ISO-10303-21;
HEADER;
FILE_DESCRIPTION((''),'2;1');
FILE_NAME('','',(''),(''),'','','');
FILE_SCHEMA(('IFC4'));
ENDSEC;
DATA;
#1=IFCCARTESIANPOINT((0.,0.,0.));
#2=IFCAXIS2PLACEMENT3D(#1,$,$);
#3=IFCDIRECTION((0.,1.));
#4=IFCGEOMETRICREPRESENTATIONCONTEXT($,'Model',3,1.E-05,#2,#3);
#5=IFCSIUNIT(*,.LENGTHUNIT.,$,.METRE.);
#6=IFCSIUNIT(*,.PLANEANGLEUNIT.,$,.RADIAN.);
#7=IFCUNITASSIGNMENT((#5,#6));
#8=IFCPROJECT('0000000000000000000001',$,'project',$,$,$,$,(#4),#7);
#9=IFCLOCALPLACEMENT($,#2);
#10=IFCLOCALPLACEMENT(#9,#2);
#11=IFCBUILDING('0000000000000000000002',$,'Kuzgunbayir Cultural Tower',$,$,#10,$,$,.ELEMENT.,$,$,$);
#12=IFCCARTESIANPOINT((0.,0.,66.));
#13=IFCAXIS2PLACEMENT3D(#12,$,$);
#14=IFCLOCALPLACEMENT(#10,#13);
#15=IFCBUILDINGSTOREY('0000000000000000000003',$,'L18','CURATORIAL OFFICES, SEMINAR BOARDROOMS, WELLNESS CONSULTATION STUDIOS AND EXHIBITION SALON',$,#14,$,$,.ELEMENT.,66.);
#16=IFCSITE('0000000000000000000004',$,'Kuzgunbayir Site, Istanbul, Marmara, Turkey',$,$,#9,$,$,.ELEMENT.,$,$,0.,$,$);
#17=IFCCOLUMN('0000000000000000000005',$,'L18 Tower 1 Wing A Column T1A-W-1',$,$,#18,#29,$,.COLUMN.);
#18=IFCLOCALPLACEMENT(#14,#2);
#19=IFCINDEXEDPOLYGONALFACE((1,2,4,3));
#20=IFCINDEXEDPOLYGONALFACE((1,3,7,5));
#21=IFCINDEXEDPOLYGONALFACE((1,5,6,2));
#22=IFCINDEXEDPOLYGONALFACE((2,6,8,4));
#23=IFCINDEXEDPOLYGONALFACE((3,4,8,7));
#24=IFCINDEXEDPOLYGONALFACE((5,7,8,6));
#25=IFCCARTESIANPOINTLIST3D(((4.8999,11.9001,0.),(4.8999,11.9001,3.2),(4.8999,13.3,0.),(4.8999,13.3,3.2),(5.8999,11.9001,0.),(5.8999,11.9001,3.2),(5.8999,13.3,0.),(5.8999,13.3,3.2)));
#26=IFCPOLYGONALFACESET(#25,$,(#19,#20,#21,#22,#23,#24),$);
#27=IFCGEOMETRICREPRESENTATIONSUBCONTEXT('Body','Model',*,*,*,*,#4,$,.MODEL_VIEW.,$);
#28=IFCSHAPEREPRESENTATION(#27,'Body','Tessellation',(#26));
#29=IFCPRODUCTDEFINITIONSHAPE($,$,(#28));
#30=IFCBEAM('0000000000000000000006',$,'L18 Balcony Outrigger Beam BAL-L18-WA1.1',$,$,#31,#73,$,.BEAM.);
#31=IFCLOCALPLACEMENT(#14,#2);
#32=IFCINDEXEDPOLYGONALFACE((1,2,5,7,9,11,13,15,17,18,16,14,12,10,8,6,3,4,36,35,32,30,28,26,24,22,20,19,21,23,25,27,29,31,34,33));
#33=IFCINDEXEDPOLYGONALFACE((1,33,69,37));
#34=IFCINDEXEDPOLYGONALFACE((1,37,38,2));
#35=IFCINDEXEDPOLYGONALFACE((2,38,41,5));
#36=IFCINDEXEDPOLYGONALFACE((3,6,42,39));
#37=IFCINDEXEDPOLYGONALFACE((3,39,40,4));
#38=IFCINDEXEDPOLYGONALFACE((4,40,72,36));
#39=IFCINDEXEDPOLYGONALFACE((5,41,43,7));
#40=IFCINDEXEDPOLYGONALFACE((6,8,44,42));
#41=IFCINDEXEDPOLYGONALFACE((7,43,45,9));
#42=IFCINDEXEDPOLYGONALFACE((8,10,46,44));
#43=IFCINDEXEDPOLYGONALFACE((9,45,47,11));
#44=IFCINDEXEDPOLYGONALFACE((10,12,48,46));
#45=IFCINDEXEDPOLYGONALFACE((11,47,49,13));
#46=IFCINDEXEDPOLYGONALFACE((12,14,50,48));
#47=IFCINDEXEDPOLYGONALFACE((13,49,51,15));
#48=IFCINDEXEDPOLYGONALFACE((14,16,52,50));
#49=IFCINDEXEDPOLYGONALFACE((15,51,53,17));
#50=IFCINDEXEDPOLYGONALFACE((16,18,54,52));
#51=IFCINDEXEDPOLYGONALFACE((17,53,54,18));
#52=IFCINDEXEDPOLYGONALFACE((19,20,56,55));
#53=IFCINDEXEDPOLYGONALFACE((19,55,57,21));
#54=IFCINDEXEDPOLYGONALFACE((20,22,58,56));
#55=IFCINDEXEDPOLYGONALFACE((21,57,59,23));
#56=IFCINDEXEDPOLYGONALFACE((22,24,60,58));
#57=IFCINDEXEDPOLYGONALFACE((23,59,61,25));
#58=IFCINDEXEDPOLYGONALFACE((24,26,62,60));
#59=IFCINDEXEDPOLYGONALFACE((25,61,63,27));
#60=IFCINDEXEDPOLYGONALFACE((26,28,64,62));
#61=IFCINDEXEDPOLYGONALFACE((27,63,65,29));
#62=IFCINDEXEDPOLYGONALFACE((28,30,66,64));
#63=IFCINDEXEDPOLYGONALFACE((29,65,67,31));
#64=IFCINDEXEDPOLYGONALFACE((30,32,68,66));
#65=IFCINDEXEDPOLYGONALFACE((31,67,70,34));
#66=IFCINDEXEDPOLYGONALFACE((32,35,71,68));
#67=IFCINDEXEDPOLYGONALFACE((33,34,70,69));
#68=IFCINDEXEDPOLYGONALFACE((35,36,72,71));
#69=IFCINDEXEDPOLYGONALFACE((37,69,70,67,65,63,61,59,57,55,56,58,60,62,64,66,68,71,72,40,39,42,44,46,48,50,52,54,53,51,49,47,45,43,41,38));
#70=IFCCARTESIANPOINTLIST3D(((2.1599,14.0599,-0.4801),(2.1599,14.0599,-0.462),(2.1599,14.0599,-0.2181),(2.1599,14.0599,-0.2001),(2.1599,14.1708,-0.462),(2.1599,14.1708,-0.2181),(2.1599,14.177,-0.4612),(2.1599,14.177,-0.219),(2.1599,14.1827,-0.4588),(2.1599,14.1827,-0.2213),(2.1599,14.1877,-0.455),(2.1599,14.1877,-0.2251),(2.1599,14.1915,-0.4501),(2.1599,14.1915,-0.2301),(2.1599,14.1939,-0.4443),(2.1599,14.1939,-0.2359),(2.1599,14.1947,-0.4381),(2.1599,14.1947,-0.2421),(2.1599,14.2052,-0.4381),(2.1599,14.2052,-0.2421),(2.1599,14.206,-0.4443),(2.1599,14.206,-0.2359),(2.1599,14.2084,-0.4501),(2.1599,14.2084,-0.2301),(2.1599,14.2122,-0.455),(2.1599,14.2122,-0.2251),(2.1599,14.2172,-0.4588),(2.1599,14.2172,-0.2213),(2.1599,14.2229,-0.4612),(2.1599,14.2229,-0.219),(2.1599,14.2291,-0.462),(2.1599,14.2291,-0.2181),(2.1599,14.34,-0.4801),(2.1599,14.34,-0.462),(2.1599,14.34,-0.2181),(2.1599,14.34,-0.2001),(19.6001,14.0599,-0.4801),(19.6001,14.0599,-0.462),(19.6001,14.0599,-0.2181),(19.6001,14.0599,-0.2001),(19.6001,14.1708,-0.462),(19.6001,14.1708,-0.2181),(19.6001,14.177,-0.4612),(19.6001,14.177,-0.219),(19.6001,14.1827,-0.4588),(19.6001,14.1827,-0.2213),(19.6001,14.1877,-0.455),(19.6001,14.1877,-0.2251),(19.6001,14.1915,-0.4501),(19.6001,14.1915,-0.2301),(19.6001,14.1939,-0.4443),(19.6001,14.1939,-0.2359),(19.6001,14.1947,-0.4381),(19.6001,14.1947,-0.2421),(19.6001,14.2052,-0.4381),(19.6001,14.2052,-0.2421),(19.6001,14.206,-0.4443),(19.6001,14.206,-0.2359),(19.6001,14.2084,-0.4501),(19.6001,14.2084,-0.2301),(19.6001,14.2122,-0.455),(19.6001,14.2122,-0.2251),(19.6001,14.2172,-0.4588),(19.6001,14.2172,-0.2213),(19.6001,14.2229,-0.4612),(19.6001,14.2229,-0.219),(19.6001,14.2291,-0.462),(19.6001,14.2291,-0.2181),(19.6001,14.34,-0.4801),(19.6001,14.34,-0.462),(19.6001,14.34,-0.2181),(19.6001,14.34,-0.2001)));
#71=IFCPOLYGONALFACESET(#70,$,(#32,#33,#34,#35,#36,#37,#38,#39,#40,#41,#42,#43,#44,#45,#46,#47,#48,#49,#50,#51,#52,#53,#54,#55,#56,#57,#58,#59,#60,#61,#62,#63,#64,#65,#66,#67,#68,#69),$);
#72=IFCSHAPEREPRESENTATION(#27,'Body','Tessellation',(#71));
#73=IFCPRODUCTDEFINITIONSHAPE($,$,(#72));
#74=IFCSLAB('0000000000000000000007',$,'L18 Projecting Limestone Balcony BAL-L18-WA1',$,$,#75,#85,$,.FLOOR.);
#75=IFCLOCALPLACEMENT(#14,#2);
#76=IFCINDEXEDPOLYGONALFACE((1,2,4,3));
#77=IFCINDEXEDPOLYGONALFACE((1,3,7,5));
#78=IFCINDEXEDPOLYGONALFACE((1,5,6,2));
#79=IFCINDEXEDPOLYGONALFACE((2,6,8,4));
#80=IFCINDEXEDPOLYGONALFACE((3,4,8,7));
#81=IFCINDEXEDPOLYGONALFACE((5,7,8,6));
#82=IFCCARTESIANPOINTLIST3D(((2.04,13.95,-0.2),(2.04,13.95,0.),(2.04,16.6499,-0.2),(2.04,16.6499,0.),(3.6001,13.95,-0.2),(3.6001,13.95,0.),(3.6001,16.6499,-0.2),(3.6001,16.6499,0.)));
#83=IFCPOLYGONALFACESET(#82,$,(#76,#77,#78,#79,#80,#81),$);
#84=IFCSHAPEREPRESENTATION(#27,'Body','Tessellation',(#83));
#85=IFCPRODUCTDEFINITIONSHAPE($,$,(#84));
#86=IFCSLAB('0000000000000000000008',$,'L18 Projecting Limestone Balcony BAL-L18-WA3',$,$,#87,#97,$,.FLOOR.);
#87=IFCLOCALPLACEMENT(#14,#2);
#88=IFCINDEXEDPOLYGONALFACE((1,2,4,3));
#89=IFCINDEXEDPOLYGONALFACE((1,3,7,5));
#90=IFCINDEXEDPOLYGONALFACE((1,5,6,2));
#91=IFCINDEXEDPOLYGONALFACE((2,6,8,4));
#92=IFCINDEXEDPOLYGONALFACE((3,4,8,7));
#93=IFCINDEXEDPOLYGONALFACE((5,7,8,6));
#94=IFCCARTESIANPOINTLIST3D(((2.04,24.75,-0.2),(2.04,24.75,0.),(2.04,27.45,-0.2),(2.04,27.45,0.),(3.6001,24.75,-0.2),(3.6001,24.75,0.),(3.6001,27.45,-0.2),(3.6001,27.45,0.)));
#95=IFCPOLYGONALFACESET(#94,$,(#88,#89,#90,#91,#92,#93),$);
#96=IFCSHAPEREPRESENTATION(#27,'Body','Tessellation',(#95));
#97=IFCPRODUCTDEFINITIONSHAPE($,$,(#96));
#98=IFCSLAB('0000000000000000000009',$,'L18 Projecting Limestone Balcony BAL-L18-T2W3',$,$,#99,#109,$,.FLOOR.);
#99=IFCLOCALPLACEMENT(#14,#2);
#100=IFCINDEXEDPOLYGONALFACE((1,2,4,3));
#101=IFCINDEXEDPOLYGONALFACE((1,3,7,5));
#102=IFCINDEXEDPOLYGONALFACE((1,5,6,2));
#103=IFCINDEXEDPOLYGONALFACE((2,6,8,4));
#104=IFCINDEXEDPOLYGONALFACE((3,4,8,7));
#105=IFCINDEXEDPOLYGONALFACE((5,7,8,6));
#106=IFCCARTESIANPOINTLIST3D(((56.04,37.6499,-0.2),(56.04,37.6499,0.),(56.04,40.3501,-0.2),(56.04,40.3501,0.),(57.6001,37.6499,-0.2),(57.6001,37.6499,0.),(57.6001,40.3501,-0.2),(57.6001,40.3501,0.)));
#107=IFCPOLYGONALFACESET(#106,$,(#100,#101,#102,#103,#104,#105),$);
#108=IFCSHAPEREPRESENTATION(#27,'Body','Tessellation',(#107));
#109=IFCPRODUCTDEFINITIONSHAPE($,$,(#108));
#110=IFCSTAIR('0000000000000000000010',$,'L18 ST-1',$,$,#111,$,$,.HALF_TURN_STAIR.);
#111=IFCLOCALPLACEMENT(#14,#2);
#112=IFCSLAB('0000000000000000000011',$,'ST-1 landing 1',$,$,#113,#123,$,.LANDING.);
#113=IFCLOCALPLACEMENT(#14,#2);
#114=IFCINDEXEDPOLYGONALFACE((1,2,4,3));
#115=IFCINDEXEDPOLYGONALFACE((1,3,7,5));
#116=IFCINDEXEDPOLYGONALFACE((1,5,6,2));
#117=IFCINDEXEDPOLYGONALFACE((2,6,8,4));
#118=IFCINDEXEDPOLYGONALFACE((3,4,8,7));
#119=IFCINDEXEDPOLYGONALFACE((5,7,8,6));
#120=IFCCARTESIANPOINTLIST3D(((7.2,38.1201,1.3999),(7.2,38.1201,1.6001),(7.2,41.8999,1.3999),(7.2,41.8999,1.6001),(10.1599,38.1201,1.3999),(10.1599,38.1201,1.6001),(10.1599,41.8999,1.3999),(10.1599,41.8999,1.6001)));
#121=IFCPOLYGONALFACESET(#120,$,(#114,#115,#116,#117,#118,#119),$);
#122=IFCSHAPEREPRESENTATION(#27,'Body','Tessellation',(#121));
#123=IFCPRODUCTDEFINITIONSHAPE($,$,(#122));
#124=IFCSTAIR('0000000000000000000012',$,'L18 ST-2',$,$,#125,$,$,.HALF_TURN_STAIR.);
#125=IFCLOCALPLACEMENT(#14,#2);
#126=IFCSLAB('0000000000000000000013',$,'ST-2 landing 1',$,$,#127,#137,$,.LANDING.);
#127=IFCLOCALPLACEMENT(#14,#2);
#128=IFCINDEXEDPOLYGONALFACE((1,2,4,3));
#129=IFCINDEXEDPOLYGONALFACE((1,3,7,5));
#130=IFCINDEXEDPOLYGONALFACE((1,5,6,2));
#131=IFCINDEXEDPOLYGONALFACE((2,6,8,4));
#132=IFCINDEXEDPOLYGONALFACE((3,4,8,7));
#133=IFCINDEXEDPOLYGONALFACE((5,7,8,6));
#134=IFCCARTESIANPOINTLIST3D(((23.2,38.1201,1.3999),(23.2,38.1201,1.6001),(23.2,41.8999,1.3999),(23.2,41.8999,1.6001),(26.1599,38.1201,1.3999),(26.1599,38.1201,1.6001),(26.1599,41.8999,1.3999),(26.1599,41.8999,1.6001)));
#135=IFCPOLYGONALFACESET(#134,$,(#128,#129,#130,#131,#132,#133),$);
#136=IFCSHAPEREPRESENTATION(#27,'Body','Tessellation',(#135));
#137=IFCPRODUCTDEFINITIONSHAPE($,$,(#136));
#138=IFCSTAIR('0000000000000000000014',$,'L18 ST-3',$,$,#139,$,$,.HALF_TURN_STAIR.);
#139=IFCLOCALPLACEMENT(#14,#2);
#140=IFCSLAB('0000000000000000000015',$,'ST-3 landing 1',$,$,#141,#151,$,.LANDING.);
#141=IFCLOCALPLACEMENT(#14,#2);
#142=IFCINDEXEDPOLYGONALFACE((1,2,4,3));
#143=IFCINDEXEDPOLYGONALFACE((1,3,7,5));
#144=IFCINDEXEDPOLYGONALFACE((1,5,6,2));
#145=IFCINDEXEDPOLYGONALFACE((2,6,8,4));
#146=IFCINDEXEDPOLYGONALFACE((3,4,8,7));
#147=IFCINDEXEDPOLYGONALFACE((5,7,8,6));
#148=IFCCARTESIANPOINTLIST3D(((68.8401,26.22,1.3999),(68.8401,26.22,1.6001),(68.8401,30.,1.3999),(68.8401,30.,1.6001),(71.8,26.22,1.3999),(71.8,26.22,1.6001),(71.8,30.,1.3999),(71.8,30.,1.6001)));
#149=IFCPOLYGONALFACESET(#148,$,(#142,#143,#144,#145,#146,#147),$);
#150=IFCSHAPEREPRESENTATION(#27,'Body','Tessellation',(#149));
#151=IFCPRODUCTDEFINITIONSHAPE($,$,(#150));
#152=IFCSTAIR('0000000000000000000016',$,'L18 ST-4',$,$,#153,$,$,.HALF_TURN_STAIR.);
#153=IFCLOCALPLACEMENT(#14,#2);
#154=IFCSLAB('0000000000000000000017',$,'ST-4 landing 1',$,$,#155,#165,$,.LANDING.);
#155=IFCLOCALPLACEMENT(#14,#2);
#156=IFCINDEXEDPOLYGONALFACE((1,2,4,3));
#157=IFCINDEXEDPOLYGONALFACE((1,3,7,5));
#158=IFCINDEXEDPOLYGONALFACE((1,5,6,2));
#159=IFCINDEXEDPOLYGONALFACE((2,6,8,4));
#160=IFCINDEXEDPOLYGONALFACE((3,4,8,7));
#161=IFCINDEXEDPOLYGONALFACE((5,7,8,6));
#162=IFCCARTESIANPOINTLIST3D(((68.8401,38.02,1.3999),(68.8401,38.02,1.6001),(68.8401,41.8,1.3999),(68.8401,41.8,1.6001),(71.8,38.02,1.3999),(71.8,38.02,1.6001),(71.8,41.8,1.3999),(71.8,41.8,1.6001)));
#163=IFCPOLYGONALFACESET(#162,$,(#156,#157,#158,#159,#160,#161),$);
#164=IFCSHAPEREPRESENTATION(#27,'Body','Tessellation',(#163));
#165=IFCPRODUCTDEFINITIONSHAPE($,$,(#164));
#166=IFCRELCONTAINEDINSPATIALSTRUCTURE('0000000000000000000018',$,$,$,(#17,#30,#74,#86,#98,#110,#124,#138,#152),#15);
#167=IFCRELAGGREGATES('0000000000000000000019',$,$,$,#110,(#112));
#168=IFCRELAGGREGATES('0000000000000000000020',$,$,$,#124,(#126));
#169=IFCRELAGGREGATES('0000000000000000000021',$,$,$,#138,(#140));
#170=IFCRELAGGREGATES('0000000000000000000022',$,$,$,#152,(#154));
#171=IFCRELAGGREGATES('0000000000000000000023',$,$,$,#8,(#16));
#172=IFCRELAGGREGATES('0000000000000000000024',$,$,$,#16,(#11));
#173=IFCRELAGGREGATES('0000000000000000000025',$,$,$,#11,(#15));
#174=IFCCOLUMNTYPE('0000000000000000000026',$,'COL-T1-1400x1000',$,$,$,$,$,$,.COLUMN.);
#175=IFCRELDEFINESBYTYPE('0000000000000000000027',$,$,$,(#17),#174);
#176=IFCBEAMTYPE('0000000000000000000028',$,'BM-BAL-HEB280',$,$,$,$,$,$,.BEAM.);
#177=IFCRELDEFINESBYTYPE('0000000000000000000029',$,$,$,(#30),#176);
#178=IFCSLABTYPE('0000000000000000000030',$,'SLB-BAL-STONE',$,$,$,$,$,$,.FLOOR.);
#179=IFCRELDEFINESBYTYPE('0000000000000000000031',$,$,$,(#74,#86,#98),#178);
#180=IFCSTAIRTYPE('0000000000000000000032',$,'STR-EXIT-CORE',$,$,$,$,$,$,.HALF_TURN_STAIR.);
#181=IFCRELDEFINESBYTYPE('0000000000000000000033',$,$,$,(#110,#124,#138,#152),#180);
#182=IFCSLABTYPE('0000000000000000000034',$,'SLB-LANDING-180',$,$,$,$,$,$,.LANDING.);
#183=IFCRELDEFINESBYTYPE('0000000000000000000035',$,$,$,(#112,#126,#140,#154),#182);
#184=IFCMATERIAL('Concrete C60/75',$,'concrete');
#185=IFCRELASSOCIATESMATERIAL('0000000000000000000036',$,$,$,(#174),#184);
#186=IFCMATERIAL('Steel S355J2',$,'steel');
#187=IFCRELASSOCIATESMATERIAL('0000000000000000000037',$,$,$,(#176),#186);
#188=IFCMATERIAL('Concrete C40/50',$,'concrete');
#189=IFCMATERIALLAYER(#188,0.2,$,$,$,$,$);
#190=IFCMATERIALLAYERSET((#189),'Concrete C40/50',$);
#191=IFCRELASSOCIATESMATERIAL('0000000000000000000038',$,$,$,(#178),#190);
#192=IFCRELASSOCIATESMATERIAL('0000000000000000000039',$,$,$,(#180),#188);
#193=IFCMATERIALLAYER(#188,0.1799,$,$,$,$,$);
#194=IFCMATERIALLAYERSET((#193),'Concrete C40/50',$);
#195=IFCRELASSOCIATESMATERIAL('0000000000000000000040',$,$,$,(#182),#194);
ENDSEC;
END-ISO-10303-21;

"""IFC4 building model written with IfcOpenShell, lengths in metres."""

from ifc_helpers import new_model, si_unit, direction, frame, origin, origin_2d, place, context, subcontext, project, spatial, polyline, rectangle, i_section, outline, extrude, material, layer, layer_set, material_profile, profile_set, type_object, element, aggregate, save


model = new_model("IFC4")

# Units and contexts
model_context = context("Model", 3, precision=1e-05, world=origin(), true_north=direction((0.0, 1.0)))
body_context = subcontext(model_context, "Body", "Model", "MODEL_VIEW")
ifc_project = project(units=[si_unit("LENGTHUNIT", "METRE"), si_unit("PLANEANGLEUNIT", "RADIAN")], contexts=[model_context])

# Site, building, storey
site_placement = place(None, origin())
site = spatial("IfcSite", under=ifc_project, at=site_placement, Name="Kuzgunbayir Site, Istanbul, Marmara, Turkey", CompositionType="ELEMENT", RefElevation=0.0)
building_placement = place(site_placement, origin())
building = spatial("IfcBuilding", under=site, at=building_placement, Name="Kuzgunbayir Cultural Tower", CompositionType="ELEMENT")
storey_placement = place(building_placement, frame((0.0, 0.0, 66.0)))
storey = spatial("IfcBuildingStorey", under=building, at=storey_placement, Name="L18", Description="CURATORIAL OFFICES, SEMINAR BOARDROOMS, WELLNESS CONSULTATION STUDIOS AND EXHIBITION SALON", CompositionType="ELEMENT", Elevation=66.0)

# Column
ifc_material_1 = material(Name="Concrete C60/75", Category="concrete")
ifc_material_profile_1 = material_profile(ifc_material_1, rectangle(XDim=1.0, YDim=1.3999, at=origin_2d()), Name="RC 1400x1000")
ifc_profile_set_1 = profile_set([ifc_material_profile_1], Name="Concrete C60/75")
column_type = type_object("IfcColumnType", Name="COL-T1-1400x1000", PredefinedType="COLUMN", material=ifc_profile_set_1)
column_placement = place(storey_placement, frame((5.3999, 12.6001, 0.0), z_axis=(0.0, 0.0, 1.0), x_axis=(1.0, 0.0, 0.0)))
element("IfcColumn", 1, at=column_placement, inside=storey, type_object=column_type, Name="L18 Tower 1 Wing A Column T1A-W-1", PredefinedType="COLUMN", context=body_context, shape_type="SweptSolid", body=[
    extrude(rectangle(XDim=1.0, YDim=1.3999, at=origin_2d()), origin(), (0.0, 0.0, 1.0), 3.2),
])

# Beam
ifc_material_2 = material(Name="Steel S355J2", Category="steel")
ifc_material_profile_2 = material_profile(ifc_material_2, i_section(OverallWidth=0.28, OverallDepth=0.28, WebThickness=0.0105, FlangeThickness=0.0181, FilletRadius=0.0239, at=origin_2d()), Name="HEB 280")
ifc_profile_set_2 = profile_set([ifc_material_profile_2], Name="Steel S355J2")
beam_type = type_object("IfcBeamType", Name="BM-BAL-HEB280", PredefinedType="BEAM", material=ifc_profile_set_2)
beam_placement = place(storey_placement, frame((2.1599, 14.2, -0.3401), z_axis=(1.0, 0.0, 0.0), x_axis=(0.0, 1.0, 0.0)))
element("IfcBeam", 2, at=beam_placement, inside=storey, type_object=beam_type, Name="L18 Balcony Outrigger Beam BAL-L18-WA1.1", PredefinedType="BEAM", context=body_context, shape_type="SweptSolid", body=[
    extrude(i_section(OverallWidth=0.28, OverallDepth=0.28, WebThickness=0.0105, FlangeThickness=0.0181, FilletRadius=0.0239, at=origin_2d()), origin(), (0.0, 0.0, 1.0), 17.4402),
])

# Slabs
ifc_material_3 = material(Name="Concrete C40/50", Category="concrete")
ifc_layer_1 = layer(ifc_material_3, 0.2)
ifc_layer_set_1 = layer_set([ifc_layer_1], Name="Concrete C40/50")
slab_type_1 = type_object("IfcSlabType", Name="SLB-BAL-STONE", PredefinedType="FLOOR", material=ifc_layer_set_1)
slab_1_placement = place(storey_placement, frame((0.0, 0.0, -0.2)))
element("IfcSlab", 3, at=slab_1_placement, inside=storey, type_object=slab_type_1, Name="L18 Projecting Limestone Balcony BAL-L18-WA1", PredefinedType="FLOOR", context=body_context, shape_type="SweptSolid", body=[
    extrude(outline(polyline([(2.04, 13.95), (3.6001, 13.95), (3.6001, 16.6499), (2.04, 16.6499), (2.04, 13.95)])), origin(), (0.0, 0.0, 1.0), 0.2),
])
slab_2_placement = place(storey_placement, frame((0.0, 0.0, -0.2)))
element("IfcSlab", 4, at=slab_2_placement, inside=storey, type_object=slab_type_1, Name="L18 Projecting Limestone Balcony BAL-L18-WA3", PredefinedType="FLOOR", context=body_context, shape_type="SweptSolid", body=[
    extrude(outline(polyline([(2.04, 24.75), (3.6001, 24.75), (3.6001, 27.45), (2.04, 27.45), (2.04, 24.75)])), origin(), (0.0, 0.0, 1.0), 0.2),
])
slab_3_placement = place(storey_placement, frame((0.0, 0.0, -0.2)))
element("IfcSlab", 5, at=slab_3_placement, inside=storey, type_object=slab_type_1, Name="L18 Projecting Limestone Balcony BAL-L18-T2W3", PredefinedType="FLOOR", context=body_context, shape_type="SweptSolid", body=[
    extrude(outline(polyline([(56.04, 37.6499), (57.6001, 37.6499), (57.6001, 40.3501), (56.04, 40.3501), (56.04, 37.6499)])), origin(), (0.0, 0.0, 1.0), 0.2),
])

# Stairs, slabs
stair_type = type_object("IfcStairType", Name="STR-EXIT-CORE", PredefinedType="HALF_TURN_STAIR", material=ifc_material_3)
stair_1_placement = place(storey_placement, origin())
stair_1 = element("IfcStair", 6, at=stair_1_placement, inside=storey, type_object=stair_type, Name="L18 ST-1", PredefinedType="HALF_TURN_STAIR")
ifc_layer_2 = layer(ifc_material_3, 0.1799)
ifc_layer_set_2 = layer_set([ifc_layer_2], Name="Concrete C40/50")
slab_type_2 = type_object("IfcSlabType", Name="SLB-LANDING-180", PredefinedType="LANDING", material=ifc_layer_set_2)
slab_4_placement = place(storey_placement, frame((0.0, 0.0, 1.3999)))
slab_4 = element("IfcSlab", 7, at=slab_4_placement, type_object=slab_type_2, Name="ST-1 landing 1", PredefinedType="LANDING", context=body_context, shape_type="SweptSolid", body=[
    extrude(outline(polyline([(10.1599, 38.1201), (10.1599, 41.8999), (7.2, 41.8999), (7.2, 38.1201), (10.1599, 38.1201)])), origin(), (0.0, 0.0, 1.0), 0.2002),
])
aggregate(stair_1, [slab_4])
stair_2_placement = place(storey_placement, origin())
stair_2 = element("IfcStair", 8, at=stair_2_placement, inside=storey, type_object=stair_type, Name="L18 ST-2", PredefinedType="HALF_TURN_STAIR")
slab_5_placement = place(storey_placement, frame((0.0, 0.0, 1.3999)))
slab_5 = element("IfcSlab", 9, at=slab_5_placement, type_object=slab_type_2, Name="ST-2 landing 1", PredefinedType="LANDING", context=body_context, shape_type="SweptSolid", body=[
    extrude(outline(polyline([(26.1599, 38.1201), (26.1599, 41.8999), (23.2, 41.8999), (23.2, 38.1201), (26.1599, 38.1201)])), origin(), (0.0, 0.0, 1.0), 0.2002),
])
aggregate(stair_2, [slab_5])
stair_3_placement = place(storey_placement, origin())
stair_3 = element("IfcStair", 10, at=stair_3_placement, inside=storey, type_object=stair_type, Name="L18 ST-3", PredefinedType="HALF_TURN_STAIR")
slab_6_placement = place(storey_placement, frame((0.0, 0.0, 1.3999)))
slab_6 = element("IfcSlab", 11, at=slab_6_placement, type_object=slab_type_2, Name="ST-3 landing 1", PredefinedType="LANDING", context=body_context, shape_type="SweptSolid", body=[
    extrude(outline(polyline([(71.8, 26.22), (71.8, 30.0), (68.8401, 30.0), (68.8401, 26.22), (71.8, 26.22)])), origin(), (0.0, 0.0, 1.0), 0.2002),
])
aggregate(stair_3, [slab_6])
stair_4_placement = place(storey_placement, origin())
stair_4 = element("IfcStair", 12, at=stair_4_placement, inside=storey, type_object=stair_type, Name="L18 ST-4", PredefinedType="HALF_TURN_STAIR")
slab_7_placement = place(storey_placement, frame((0.0, 0.0, 1.3999)))
slab_7 = element("IfcSlab", 13, at=slab_7_placement, type_object=slab_type_2, Name="ST-4 landing 1", PredefinedType="LANDING", context=body_context, shape_type="SweptSolid", body=[
    extrude(outline(polyline([(71.8, 38.02), (71.8, 41.8), (68.8401, 41.8), (68.8401, 38.02), (71.8, 38.02)])), origin(), (0.0, 0.0, 1.0), 0.2002),
])
aggregate(stair_4, [slab_7])

save(model, "model.ifc")
